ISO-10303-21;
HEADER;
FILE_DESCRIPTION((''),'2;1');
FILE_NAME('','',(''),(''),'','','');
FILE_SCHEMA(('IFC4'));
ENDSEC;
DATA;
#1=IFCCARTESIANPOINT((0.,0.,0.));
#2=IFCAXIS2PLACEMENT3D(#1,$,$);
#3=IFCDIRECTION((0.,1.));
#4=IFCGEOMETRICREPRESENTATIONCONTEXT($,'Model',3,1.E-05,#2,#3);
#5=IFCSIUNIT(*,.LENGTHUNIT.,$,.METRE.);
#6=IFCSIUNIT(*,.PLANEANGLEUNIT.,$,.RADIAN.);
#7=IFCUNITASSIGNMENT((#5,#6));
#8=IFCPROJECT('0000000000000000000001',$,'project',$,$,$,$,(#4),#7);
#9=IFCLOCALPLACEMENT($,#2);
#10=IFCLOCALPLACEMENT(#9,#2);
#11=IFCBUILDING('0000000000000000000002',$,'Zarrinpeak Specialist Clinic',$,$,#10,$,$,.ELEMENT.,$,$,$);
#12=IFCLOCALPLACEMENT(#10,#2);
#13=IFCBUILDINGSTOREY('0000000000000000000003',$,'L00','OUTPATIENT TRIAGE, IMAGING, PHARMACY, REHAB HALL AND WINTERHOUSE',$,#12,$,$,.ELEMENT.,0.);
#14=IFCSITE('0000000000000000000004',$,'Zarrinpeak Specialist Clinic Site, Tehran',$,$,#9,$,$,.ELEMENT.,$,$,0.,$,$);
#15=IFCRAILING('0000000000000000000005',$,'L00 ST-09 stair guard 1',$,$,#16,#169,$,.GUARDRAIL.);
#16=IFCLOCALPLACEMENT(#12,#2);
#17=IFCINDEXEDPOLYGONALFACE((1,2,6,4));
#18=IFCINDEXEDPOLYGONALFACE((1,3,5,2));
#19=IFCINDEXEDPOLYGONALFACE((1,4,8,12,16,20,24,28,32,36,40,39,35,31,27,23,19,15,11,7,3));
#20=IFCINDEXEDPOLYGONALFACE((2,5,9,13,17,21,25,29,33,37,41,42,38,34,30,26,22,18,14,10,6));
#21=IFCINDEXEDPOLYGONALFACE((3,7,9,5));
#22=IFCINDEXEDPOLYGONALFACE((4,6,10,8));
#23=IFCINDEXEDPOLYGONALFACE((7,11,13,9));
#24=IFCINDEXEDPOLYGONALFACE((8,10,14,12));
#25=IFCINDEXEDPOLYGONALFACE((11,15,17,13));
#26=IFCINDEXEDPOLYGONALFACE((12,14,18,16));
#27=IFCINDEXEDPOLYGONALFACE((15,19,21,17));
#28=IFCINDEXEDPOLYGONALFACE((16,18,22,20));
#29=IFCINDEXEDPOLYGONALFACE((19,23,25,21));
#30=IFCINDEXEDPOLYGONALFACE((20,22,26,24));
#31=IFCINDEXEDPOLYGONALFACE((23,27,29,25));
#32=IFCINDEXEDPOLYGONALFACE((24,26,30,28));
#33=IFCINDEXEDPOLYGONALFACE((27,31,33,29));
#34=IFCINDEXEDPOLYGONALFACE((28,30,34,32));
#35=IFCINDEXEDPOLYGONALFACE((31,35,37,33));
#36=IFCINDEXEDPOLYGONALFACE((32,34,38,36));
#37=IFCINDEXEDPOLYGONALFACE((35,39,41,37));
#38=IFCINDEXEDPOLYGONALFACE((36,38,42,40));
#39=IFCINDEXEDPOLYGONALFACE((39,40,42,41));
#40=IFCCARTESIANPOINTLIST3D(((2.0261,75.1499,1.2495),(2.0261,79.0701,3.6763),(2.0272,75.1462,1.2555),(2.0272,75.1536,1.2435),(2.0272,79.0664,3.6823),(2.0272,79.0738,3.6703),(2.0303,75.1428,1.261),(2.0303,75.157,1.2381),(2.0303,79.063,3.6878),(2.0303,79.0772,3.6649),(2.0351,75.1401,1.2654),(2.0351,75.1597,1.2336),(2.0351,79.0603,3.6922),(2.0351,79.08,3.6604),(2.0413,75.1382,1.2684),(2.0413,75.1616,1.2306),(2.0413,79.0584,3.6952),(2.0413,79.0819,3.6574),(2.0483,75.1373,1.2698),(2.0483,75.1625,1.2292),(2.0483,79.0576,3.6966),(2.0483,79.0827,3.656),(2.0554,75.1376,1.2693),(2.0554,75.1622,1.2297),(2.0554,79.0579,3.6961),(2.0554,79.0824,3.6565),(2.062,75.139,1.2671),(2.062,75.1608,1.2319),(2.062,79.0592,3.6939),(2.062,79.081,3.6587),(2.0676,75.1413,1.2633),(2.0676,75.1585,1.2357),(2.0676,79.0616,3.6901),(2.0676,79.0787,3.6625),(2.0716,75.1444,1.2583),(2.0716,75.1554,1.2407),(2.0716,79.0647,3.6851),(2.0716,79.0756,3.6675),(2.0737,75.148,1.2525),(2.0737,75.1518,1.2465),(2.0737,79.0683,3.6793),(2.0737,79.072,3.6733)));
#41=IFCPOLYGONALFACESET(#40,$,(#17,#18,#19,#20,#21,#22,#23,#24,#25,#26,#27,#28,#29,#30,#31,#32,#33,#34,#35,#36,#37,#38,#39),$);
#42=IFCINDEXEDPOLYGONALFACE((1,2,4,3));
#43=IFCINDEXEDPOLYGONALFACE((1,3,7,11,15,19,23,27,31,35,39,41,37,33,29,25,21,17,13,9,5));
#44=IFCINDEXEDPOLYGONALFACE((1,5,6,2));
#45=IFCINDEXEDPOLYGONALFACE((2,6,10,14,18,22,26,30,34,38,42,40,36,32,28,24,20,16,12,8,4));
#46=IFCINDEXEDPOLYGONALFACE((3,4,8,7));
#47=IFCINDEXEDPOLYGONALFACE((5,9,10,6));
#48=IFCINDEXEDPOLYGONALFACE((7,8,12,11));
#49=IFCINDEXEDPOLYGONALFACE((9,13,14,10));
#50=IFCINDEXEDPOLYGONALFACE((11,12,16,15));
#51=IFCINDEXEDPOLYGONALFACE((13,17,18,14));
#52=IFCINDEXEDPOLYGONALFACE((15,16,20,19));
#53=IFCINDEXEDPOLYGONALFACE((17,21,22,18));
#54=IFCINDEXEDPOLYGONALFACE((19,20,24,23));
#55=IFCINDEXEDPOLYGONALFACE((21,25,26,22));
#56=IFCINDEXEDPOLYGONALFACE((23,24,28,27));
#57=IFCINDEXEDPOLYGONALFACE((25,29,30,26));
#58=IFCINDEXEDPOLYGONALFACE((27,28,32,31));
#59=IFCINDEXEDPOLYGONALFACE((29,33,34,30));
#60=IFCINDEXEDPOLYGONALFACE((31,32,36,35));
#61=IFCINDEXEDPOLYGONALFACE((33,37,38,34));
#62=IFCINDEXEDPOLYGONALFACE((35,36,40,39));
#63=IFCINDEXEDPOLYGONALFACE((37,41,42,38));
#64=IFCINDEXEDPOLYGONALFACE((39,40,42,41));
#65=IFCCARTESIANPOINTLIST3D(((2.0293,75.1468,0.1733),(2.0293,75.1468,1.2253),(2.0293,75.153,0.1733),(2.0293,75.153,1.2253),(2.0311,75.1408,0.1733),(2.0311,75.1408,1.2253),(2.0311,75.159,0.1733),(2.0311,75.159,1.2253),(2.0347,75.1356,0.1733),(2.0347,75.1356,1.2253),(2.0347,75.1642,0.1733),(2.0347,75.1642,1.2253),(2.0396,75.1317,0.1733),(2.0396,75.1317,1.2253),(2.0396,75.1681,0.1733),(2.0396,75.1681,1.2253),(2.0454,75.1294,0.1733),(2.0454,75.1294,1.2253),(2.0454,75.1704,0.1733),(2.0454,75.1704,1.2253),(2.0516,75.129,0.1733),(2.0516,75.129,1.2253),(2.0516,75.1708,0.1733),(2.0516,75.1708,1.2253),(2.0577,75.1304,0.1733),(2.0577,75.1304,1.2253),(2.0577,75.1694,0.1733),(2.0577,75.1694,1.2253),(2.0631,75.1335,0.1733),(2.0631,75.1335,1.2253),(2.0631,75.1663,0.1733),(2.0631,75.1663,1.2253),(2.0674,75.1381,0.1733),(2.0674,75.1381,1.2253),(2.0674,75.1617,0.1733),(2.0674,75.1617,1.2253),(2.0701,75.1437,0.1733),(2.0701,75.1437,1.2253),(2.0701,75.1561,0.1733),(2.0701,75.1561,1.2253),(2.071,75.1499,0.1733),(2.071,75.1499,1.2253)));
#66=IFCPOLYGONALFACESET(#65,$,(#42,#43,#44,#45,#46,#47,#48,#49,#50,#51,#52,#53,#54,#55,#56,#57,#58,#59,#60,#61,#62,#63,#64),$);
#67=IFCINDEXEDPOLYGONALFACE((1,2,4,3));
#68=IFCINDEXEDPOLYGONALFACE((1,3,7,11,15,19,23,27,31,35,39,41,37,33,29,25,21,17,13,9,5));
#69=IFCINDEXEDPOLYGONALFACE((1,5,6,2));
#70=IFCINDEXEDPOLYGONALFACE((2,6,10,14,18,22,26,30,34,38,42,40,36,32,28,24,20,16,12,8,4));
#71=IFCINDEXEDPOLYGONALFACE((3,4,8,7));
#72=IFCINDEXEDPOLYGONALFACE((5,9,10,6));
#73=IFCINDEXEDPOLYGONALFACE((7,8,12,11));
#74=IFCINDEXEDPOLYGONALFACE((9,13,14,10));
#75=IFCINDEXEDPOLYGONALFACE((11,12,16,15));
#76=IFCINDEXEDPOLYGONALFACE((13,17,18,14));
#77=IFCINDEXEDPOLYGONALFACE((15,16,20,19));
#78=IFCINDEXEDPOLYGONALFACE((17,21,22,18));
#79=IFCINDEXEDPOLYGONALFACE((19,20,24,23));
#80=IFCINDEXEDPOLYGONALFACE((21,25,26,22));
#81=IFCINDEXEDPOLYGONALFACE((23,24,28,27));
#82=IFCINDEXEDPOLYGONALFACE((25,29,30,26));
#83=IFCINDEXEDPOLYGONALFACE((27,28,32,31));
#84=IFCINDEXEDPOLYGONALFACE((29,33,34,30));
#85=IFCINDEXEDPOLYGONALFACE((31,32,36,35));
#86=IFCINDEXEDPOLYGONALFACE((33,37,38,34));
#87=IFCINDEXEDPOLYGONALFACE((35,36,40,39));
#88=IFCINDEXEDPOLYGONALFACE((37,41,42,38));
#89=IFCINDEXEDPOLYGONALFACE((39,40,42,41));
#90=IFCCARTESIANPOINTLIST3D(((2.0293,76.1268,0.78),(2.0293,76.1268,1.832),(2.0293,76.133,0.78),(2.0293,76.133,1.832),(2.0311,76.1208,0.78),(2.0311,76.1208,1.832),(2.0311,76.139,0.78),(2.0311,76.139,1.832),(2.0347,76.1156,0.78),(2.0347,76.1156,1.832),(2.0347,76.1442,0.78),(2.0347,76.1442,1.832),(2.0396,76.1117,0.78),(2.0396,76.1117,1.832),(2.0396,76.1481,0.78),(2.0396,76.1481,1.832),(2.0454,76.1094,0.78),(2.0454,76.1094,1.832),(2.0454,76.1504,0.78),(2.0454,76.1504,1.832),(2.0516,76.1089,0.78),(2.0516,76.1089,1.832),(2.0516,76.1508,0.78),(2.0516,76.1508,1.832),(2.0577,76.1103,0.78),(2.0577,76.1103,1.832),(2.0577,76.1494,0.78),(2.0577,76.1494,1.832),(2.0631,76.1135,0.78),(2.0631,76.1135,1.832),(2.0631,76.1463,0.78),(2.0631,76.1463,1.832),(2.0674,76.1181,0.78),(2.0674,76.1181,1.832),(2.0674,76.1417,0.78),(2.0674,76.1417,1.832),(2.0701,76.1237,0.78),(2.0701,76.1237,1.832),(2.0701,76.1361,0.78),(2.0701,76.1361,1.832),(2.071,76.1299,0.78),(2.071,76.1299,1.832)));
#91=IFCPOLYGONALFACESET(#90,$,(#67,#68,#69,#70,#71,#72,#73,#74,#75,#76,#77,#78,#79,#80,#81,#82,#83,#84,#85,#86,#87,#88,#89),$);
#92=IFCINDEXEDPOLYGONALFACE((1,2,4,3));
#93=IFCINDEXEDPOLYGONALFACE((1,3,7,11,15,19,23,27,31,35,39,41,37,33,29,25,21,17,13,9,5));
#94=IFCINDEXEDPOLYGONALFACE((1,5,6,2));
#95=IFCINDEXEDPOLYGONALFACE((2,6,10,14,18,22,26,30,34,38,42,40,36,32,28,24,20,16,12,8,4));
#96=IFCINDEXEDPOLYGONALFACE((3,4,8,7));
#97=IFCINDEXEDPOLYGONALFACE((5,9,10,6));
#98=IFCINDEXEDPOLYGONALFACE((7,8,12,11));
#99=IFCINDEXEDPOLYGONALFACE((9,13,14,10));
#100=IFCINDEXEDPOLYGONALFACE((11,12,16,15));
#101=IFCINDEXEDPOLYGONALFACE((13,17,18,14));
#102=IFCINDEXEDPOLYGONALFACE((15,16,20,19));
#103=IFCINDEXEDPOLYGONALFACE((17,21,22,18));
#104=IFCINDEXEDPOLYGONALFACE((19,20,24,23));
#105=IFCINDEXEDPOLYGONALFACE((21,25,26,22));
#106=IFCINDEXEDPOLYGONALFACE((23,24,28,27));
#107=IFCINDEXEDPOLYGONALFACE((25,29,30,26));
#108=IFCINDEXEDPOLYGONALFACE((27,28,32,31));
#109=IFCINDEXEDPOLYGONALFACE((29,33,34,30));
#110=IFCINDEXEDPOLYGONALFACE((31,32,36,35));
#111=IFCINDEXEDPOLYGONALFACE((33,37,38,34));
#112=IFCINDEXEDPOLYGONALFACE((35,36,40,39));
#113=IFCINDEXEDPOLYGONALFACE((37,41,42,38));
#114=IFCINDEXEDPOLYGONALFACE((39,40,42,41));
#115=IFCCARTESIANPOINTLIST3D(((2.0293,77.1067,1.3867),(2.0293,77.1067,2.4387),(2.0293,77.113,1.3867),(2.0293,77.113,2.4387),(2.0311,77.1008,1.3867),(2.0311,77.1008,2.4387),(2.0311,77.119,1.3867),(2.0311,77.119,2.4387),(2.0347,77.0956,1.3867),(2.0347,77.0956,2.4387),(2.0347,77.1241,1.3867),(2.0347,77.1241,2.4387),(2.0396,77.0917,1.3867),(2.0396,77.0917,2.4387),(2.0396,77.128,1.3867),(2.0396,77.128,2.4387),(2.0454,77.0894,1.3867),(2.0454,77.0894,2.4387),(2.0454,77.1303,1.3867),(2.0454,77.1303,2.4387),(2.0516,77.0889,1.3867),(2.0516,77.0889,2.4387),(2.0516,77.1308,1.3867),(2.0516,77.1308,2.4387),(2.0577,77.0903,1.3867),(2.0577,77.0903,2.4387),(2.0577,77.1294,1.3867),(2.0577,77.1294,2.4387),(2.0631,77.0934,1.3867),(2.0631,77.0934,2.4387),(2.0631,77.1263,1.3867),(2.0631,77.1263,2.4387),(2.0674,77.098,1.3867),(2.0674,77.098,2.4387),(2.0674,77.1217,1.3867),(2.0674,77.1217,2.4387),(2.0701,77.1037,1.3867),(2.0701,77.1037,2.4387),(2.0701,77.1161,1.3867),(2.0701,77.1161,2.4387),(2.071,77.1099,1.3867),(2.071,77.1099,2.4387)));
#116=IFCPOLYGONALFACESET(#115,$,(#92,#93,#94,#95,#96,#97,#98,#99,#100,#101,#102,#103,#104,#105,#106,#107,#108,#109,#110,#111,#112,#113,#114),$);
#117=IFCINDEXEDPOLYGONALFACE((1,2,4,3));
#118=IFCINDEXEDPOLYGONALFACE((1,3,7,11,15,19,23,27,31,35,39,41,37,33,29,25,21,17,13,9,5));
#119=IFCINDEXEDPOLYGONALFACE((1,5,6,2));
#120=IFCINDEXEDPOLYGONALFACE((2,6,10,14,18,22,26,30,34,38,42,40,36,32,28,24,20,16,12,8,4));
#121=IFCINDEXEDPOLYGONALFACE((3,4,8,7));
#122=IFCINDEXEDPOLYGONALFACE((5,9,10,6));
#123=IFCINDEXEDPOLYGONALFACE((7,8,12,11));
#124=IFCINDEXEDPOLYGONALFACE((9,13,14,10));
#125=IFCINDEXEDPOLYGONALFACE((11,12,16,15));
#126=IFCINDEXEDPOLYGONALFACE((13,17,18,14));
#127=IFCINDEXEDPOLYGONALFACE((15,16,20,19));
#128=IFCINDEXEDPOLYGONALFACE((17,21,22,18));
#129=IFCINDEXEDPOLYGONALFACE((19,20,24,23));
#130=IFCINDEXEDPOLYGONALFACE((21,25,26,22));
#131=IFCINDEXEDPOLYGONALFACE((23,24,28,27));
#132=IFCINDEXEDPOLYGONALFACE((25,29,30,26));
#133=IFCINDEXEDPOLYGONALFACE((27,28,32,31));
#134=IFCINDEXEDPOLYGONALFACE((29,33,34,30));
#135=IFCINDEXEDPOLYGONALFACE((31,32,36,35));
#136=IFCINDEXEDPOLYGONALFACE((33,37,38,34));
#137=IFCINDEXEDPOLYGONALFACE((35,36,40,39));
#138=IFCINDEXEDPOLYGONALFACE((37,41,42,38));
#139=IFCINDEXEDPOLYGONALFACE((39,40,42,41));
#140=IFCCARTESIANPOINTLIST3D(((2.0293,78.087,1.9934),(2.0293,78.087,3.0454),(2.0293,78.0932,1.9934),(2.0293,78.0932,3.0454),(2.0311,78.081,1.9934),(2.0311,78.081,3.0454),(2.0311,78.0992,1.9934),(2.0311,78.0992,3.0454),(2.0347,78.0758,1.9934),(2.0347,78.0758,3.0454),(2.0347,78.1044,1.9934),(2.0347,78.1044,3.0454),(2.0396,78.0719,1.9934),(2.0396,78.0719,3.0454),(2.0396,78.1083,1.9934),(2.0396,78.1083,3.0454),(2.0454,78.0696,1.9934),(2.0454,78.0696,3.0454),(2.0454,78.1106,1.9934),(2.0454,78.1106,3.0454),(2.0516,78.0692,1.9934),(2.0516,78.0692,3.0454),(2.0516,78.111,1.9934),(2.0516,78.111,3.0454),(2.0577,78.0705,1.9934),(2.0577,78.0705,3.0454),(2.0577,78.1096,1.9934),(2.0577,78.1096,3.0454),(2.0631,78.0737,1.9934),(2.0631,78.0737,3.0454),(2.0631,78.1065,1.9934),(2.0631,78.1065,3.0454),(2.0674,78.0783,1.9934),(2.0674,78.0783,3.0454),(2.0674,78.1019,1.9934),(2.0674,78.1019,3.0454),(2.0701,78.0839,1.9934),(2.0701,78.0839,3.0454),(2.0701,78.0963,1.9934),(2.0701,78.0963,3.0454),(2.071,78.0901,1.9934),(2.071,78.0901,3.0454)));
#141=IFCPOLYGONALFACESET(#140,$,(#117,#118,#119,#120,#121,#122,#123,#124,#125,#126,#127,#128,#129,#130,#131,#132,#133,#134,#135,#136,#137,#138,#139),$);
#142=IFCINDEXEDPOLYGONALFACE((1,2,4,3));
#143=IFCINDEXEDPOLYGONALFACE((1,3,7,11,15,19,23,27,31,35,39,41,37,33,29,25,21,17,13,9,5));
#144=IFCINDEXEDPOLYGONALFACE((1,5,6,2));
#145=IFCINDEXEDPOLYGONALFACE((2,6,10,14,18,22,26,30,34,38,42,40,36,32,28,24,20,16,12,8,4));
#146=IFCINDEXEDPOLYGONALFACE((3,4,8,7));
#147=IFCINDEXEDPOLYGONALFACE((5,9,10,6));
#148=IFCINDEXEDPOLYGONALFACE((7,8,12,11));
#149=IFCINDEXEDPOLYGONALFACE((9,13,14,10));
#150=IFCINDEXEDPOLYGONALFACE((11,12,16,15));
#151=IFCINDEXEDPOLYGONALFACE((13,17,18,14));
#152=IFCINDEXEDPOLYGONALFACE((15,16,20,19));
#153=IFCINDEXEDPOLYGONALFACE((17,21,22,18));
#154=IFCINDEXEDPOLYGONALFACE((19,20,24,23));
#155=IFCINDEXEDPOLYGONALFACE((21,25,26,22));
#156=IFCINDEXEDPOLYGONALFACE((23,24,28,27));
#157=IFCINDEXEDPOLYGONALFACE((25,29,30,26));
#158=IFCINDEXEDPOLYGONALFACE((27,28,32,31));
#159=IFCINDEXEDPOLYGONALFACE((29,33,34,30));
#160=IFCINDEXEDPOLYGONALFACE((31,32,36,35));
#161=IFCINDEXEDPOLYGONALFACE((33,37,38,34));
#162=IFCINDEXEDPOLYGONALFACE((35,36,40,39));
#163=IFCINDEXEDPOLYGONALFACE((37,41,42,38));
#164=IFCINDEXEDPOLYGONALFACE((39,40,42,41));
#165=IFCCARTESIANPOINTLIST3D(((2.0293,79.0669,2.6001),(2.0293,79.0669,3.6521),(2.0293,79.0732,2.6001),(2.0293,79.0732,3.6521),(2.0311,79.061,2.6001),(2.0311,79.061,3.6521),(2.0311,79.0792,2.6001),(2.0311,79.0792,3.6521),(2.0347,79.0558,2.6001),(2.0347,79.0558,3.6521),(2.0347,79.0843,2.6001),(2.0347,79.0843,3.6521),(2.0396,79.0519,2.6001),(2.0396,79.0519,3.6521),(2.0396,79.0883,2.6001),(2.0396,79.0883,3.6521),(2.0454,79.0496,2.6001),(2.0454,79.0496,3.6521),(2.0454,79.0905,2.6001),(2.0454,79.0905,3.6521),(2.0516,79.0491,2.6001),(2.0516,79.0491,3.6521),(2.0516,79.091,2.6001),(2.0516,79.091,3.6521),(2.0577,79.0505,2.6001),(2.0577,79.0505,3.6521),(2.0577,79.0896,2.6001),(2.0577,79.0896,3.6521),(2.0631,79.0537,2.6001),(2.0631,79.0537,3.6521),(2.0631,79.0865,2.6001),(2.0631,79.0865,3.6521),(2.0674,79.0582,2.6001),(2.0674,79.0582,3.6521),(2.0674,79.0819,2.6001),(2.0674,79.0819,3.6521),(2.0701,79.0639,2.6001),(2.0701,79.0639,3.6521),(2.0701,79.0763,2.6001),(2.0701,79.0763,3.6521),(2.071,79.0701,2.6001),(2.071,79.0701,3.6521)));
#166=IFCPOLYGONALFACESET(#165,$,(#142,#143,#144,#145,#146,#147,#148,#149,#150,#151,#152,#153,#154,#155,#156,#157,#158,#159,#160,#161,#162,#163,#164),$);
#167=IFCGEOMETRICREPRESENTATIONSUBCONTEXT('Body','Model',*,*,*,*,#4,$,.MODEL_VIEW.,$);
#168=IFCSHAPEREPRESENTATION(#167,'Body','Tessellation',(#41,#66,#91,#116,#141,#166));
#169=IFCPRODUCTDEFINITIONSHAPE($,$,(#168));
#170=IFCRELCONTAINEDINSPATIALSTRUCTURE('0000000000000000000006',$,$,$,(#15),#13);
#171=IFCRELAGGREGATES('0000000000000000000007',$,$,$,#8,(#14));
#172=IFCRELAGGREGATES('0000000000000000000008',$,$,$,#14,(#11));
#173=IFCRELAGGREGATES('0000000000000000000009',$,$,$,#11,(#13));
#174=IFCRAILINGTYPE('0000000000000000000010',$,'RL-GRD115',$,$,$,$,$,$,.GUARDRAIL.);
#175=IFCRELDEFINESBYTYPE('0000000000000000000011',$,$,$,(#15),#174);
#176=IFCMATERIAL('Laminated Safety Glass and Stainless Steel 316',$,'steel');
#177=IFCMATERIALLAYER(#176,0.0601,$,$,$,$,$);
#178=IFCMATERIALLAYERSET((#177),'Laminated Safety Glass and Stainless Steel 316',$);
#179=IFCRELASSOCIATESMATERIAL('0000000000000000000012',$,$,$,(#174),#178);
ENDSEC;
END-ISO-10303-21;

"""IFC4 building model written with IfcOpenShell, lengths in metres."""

from ifc_helpers import new_model, si_unit, direction, frame, origin, origin_2d, place, context, subcontext, project, spatial, circle, extrude, material, layer, layer_set, type_object, element, save


model = new_model("IFC4")

# Units and contexts
model_context = context("Model", 3, precision=1e-05, world=origin(), true_north=direction((0.0, 1.0)))
body_context = subcontext(model_context, "Body", "Model", "MODEL_VIEW")
ifc_project = project(units=[si_unit("LENGTHUNIT", "METRE"), si_unit("PLANEANGLEUNIT", "RADIAN")], contexts=[model_context])

# Site, building, storey
site_placement = place(None, origin())
site = spatial("IfcSite", under=ifc_project, at=site_placement, Name="Zarrinpeak Specialist Clinic Site, Tehran", CompositionType="ELEMENT", RefElevation=0.0)
building_placement = place(site_placement, origin())
building = spatial("IfcBuilding", under=site, at=building_placement, Name="Zarrinpeak Specialist Clinic", CompositionType="ELEMENT")
storey_placement = place(building_placement, origin())
storey = spatial("IfcBuildingStorey", under=building, at=storey_placement, Name="L00", Description="OUTPATIENT TRIAGE, IMAGING, PHARMACY, REHAB HALL AND WINTERHOUSE", CompositionType="ELEMENT", Elevation=0.0)

# Railing
ifc_material_1 = material(Name="Laminated Safety Glass and Stainless Steel 316", Category="steel")
ifc_layer_1 = layer(ifc_material_1, 0.0601)
ifc_layer_set_1 = layer_set([ifc_layer_1], Name="Laminated Safety Glass and Stainless Steel 316")
railing_type_1 = type_object("IfcRailingType", Name="RL-GRD115", PredefinedType="GUARDRAIL", material=ifc_layer_set_1)
railing_1_placement = place(storey_placement, frame((2.05, 75.1499, 0.1733)))
element("IfcRailing", 1, at=railing_1_placement, inside=storey, type_object=railing_type_1, Name="L00 ST-09 stair guard 1", PredefinedType="GUARDRAIL", context=body_context, shape_type="SweptSolid", body=[
    extrude(circle(Radius=0.0239, at=origin_2d()), frame((0.0, 0.0, 1.0762), z_axis=(0.0, 0.850266, 0.526353), x_axis=(-1.0, 0.0, 0.0)), (0.0, 0.0, 1.0), 4.6106),
    extrude(circle(Radius=0.021, at=origin_2d()), origin(), (0.0, 0.0, 1.0), 1.052),
    extrude(circle(Radius=0.021, at=origin_2d()), frame((0.0, 0.98, 0.6067)), (0.0, 0.0, 1.0), 1.052),
    extrude(circle(Radius=0.021, at=origin_2d()), frame((0.0, 1.96, 1.2134)), (0.0, 0.0, 1.0), 1.052),
    extrude(circle(Radius=0.021, at=origin_2d()), frame((0.0, 2.9402, 1.8201)), (0.0, 0.0, 1.0), 1.052),
    extrude(circle(Radius=0.021, at=origin_2d()), frame((0.0, 3.9202, 2.4268)), (0.0, 0.0, 1.0), 1.052),
])

save(model, "model.ifc")
